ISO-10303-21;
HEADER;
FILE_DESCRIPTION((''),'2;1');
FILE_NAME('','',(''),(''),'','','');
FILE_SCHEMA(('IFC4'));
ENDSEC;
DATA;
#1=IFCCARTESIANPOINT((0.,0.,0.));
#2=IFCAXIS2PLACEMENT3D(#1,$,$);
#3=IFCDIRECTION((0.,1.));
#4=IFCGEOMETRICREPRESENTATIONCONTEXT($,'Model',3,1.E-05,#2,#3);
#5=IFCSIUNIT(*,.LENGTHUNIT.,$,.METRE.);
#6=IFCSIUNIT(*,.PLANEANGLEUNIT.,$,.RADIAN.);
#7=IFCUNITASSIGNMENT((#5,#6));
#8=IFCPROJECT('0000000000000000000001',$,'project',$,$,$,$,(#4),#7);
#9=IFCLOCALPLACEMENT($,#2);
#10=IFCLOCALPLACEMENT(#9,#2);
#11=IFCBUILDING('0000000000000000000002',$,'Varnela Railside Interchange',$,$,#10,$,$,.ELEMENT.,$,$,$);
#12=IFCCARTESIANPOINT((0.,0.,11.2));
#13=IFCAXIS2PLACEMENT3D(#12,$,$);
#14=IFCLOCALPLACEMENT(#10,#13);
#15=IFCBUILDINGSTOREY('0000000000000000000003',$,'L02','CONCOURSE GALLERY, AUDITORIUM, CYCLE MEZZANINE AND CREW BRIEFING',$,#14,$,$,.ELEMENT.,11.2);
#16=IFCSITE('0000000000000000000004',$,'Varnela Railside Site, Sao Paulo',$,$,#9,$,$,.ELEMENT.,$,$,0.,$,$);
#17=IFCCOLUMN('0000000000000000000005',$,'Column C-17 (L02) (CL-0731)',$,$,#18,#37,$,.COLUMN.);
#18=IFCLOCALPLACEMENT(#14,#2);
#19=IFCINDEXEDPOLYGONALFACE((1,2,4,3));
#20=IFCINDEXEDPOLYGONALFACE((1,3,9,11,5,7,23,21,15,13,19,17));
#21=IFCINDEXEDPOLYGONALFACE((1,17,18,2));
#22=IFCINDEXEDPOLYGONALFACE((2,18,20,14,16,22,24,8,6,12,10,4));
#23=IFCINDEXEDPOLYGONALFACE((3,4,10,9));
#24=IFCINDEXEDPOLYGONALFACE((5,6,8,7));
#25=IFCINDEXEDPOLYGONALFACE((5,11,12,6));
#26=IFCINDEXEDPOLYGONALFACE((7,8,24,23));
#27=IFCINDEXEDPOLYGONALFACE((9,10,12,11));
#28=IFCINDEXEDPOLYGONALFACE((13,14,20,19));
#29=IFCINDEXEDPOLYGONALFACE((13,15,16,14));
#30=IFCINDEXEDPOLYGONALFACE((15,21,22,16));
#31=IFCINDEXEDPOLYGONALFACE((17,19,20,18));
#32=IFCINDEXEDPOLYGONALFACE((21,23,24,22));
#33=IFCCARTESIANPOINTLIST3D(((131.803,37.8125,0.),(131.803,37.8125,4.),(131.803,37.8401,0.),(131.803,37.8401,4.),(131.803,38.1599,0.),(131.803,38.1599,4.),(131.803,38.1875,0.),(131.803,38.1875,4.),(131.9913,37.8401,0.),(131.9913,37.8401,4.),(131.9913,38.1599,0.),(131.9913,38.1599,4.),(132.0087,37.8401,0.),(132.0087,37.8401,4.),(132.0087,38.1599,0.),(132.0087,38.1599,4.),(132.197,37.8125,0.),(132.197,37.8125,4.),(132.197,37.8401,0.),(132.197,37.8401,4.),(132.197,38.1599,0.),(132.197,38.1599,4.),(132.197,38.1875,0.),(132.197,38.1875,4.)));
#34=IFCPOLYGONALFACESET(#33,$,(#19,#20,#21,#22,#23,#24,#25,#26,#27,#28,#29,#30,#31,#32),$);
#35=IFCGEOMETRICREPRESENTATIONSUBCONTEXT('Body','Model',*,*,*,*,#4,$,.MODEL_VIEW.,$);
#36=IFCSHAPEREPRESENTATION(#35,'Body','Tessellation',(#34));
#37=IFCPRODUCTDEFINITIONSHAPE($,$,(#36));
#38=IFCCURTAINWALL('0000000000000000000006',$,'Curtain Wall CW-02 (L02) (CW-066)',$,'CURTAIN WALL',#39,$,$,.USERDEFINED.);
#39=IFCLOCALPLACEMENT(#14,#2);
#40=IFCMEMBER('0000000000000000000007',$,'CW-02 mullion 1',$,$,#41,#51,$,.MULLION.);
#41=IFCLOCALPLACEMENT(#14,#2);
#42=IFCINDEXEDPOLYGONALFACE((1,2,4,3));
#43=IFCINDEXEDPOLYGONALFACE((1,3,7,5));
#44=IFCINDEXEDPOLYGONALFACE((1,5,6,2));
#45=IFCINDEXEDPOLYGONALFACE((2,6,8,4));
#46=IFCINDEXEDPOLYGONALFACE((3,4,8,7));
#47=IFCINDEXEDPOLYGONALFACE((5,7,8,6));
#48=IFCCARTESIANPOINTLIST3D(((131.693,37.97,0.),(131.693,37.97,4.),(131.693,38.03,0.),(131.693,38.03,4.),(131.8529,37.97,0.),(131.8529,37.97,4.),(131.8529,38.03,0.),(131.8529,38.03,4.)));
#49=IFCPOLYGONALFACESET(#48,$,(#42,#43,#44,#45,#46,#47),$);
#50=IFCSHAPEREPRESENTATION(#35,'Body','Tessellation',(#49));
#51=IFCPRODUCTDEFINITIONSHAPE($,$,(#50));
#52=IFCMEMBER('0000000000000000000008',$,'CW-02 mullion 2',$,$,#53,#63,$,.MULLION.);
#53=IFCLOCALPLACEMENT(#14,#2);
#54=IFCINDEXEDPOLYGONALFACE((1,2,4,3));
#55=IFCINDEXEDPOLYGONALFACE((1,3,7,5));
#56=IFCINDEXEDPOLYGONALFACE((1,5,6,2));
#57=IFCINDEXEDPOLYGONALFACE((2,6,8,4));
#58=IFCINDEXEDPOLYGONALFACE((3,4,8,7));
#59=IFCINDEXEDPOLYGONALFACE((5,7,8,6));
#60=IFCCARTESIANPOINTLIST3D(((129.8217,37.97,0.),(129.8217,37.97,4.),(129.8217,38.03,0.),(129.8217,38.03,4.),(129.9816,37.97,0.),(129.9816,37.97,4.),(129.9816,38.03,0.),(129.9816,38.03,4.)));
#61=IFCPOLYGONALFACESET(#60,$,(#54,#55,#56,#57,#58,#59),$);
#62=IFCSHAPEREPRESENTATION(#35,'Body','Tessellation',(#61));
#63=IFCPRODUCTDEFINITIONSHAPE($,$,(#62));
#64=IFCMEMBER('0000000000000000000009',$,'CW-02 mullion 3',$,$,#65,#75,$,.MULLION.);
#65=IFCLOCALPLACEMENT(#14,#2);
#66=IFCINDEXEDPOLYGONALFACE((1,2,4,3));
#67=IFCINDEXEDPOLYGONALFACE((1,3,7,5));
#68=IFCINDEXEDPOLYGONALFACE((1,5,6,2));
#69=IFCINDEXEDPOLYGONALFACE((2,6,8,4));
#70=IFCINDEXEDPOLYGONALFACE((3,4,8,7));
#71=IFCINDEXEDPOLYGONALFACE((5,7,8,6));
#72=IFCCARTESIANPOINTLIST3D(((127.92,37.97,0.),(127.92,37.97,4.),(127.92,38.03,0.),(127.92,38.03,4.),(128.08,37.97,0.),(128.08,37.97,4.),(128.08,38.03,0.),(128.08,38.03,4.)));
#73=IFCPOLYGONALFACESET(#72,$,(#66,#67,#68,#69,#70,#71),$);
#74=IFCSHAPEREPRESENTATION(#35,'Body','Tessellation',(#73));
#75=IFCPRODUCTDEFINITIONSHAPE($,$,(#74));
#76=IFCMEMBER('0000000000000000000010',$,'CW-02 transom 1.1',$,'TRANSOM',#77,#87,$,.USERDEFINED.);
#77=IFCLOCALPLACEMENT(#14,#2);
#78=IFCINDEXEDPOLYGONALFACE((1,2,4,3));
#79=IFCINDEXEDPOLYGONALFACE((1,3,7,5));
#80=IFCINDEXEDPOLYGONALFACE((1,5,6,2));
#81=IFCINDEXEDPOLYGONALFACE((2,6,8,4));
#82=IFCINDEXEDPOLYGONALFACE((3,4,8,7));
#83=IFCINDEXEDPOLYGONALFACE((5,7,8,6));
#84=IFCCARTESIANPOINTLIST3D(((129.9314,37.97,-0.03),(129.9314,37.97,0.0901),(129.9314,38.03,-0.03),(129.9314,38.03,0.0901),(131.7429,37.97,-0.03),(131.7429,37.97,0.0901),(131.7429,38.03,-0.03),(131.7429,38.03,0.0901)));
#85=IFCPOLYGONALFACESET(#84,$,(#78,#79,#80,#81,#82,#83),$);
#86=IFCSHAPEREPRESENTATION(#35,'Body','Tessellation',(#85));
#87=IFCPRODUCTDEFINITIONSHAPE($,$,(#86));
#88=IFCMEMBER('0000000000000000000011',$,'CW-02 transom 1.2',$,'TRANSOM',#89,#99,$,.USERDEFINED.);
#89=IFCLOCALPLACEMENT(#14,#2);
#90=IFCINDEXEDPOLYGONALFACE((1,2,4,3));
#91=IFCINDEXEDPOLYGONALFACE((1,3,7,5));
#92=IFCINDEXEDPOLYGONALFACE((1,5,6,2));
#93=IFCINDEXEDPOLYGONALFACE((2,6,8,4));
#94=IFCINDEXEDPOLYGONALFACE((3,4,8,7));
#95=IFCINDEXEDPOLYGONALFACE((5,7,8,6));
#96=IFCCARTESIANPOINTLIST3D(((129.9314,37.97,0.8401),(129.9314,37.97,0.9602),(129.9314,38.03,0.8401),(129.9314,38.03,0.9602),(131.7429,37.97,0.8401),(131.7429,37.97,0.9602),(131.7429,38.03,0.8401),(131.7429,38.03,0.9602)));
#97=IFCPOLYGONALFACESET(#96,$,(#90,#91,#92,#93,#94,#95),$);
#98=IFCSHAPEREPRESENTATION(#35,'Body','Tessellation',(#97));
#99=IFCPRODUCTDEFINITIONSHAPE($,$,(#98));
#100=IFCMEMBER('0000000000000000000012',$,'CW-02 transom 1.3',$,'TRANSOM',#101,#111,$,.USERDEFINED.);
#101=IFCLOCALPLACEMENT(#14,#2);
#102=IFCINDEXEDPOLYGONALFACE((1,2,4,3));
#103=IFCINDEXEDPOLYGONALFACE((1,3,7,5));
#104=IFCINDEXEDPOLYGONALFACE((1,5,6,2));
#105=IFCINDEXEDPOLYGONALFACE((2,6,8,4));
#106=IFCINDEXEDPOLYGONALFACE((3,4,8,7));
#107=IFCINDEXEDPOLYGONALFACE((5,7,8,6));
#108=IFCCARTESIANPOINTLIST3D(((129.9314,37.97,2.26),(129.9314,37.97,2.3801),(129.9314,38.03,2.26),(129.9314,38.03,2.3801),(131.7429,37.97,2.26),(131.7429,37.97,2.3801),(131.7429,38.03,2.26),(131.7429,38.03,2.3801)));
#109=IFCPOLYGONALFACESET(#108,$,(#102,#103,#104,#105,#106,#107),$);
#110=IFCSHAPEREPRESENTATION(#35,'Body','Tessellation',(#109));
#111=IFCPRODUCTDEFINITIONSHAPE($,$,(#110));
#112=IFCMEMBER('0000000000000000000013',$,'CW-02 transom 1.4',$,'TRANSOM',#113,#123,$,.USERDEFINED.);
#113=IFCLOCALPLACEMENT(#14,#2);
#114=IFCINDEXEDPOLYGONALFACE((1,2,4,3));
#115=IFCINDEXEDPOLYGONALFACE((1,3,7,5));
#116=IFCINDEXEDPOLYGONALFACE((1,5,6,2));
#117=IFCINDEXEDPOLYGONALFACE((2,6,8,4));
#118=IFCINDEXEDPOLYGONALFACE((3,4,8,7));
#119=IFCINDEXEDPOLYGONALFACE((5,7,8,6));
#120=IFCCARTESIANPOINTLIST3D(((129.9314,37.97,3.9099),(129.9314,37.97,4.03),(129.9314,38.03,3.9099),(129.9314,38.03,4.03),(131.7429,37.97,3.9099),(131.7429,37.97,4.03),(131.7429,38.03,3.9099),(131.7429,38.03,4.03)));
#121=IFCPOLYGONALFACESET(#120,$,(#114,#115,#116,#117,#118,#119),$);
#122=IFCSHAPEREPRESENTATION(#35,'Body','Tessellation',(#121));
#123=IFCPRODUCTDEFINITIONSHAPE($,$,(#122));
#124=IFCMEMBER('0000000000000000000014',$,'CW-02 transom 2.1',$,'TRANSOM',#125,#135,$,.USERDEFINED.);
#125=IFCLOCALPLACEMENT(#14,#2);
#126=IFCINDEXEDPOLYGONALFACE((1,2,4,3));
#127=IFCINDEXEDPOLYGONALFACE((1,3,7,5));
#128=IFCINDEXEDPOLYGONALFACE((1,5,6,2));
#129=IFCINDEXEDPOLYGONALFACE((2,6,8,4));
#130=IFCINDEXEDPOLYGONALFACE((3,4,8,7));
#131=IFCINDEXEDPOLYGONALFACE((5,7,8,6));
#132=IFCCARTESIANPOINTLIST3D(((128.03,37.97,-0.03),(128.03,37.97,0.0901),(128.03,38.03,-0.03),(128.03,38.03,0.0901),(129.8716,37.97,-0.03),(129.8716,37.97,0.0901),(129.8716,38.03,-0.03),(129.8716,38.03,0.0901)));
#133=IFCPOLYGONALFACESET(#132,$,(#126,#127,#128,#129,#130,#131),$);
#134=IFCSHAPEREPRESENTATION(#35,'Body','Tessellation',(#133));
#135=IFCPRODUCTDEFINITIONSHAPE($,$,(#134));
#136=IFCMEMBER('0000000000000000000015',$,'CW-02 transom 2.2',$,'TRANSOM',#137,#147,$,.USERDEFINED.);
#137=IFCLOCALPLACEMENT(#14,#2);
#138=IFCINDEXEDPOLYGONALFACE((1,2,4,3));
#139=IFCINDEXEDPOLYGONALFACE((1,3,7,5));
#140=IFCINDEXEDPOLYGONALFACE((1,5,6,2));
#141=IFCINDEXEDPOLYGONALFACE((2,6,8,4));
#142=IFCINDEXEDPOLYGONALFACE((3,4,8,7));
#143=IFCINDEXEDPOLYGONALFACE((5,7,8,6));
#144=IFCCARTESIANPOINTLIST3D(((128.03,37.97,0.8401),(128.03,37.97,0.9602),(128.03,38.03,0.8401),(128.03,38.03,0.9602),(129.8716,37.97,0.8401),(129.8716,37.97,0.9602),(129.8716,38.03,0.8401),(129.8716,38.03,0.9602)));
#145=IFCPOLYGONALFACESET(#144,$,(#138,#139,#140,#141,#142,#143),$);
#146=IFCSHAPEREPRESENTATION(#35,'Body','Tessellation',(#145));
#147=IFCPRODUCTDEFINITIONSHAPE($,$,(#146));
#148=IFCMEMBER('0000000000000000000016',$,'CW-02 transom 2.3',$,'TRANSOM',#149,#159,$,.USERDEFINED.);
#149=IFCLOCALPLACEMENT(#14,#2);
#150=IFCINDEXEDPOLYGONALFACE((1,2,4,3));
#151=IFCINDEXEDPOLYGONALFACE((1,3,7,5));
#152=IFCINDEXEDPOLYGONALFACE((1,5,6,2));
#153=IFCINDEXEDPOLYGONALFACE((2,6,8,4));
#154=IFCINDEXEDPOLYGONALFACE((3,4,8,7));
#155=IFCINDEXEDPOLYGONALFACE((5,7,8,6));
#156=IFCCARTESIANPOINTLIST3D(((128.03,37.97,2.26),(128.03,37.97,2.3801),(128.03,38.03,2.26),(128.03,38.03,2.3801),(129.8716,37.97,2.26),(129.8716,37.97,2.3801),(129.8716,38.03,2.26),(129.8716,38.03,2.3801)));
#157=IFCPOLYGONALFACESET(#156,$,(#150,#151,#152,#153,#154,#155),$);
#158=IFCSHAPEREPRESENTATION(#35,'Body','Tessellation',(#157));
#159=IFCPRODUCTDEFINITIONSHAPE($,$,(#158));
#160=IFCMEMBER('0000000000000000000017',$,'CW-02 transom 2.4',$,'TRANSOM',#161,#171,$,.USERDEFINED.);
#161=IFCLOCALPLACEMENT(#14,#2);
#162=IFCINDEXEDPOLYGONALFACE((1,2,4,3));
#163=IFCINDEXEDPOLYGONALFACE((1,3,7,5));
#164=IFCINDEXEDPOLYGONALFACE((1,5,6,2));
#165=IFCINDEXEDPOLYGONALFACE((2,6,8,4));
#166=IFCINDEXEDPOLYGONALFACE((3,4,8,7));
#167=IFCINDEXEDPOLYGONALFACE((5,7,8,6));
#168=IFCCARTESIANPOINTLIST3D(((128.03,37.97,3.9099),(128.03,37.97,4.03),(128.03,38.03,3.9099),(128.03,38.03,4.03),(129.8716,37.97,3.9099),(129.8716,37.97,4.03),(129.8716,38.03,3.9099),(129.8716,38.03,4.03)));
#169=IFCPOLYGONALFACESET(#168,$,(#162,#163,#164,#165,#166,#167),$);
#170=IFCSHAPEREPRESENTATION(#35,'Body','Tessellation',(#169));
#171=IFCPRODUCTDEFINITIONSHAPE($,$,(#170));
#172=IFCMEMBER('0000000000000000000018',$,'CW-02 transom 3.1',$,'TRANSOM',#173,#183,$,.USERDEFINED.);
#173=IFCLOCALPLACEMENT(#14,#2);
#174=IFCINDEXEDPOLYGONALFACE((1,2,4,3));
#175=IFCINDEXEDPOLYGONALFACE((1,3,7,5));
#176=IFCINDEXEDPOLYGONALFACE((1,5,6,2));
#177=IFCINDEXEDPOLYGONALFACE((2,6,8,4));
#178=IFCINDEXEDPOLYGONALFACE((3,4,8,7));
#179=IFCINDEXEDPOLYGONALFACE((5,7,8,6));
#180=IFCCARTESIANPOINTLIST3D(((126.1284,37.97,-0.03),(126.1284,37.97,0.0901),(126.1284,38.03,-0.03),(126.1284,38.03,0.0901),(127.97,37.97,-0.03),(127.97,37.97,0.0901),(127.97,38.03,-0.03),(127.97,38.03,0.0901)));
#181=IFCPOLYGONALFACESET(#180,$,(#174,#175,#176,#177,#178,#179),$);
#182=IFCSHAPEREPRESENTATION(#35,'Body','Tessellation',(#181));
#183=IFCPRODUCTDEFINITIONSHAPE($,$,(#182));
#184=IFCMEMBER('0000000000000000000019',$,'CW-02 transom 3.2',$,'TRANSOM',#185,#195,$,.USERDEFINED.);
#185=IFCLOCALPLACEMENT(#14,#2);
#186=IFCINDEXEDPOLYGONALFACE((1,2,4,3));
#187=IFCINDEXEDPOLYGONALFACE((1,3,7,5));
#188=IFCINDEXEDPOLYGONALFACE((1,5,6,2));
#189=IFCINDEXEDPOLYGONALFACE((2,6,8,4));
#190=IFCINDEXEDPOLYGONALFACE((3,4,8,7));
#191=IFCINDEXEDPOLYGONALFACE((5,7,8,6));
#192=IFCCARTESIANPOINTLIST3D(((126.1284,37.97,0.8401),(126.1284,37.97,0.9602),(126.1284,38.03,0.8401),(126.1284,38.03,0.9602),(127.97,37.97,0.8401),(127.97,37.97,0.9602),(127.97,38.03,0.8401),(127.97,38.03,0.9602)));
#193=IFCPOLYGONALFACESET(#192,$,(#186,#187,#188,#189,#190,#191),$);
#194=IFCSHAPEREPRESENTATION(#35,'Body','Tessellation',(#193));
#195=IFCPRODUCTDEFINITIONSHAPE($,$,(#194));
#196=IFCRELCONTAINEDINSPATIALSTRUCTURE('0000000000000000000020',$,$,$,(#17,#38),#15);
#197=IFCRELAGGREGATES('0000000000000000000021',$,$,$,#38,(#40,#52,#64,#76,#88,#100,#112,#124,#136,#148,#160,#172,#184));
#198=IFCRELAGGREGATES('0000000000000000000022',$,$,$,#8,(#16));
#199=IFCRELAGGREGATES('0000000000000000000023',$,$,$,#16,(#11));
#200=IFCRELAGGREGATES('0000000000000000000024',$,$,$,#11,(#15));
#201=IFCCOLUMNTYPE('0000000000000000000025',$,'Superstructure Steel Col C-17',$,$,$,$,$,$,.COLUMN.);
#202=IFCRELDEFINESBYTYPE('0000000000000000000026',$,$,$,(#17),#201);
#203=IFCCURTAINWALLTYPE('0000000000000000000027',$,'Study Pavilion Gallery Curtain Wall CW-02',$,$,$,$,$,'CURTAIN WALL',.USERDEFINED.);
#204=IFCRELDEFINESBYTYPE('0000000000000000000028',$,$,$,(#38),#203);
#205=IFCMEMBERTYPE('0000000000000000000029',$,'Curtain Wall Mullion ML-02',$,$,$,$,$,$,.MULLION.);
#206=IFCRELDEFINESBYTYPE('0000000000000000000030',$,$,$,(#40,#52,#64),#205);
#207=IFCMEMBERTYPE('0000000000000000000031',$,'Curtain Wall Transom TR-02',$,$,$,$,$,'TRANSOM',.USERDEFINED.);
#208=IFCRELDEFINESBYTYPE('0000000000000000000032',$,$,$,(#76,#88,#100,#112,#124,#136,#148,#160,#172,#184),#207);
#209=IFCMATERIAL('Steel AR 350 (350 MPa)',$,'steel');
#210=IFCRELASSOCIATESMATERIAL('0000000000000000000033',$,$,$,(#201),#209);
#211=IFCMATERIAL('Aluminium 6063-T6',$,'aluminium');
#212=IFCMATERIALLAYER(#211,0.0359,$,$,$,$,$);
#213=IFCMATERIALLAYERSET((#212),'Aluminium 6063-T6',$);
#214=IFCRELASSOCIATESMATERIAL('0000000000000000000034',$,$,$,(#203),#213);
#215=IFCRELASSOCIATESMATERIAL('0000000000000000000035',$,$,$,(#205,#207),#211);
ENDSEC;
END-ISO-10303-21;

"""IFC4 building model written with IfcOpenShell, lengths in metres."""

from ifc_helpers import new_model, si_unit, direction, frame, origin, origin_2d, place, context, subcontext, project, spatial, rectangle, i_section, extrude, material, layer, layer_set, material_profile, profile_set, type_object, element, aggregate, save


model = new_model("IFC4")

# Units and contexts
model_context = context("Model", 3, precision=1e-05, world=origin(), true_north=direction((0.0, 1.0)))
body_context = subcontext(model_context, "Body", "Model", "MODEL_VIEW")
ifc_project = project(units=[si_unit("LENGTHUNIT", "METRE"), si_unit("PLANEANGLEUNIT", "RADIAN")], contexts=[model_context])

# Site, building, storey
site_placement = place(None, origin())
site = spatial("IfcSite", under=ifc_project, at=site_placement, Name="Varnela Railside Site, Sao Paulo", CompositionType="ELEMENT", RefElevation=0.0)
building_placement = place(site_placement, origin())
building = spatial("IfcBuilding", under=site, at=building_placement, Name="Varnela Railside Interchange", CompositionType="ELEMENT")
storey_placement = place(building_placement, frame((0.0, 0.0, 11.2)))
storey = spatial("IfcBuildingStorey", under=building, at=storey_placement, Name="L02", Description="CONCOURSE GALLERY, AUDITORIUM, CYCLE MEZZANINE AND CREW BRIEFING", CompositionType="ELEMENT", Elevation=11.2)

# Column
ifc_material_1 = material(Name="Steel AR 350 (350 MPa)", Category="steel")
ifc_material_profile_1 = material_profile(ifc_material_1, i_section(OverallWidth=0.394, OverallDepth=0.375, WebThickness=0.0173, FlangeThickness=0.0276, at=origin_2d()), Name="W360x216")
ifc_profile_set_1 = profile_set([ifc_material_profile_1], Name="Steel AR 350 (350 MPa)")
column_type = type_object("IfcColumnType", Name="Superstructure Steel Col C-17", PredefinedType="COLUMN", material=ifc_profile_set_1)
column_placement = place(storey_placement, frame((132.0, 38.0, 0.0), z_axis=(0.0, 0.0, 1.0), x_axis=(1.0, 0.0, 0.0)))
element("IfcColumn", 1, at=column_placement, inside=storey, type_object=column_type, Name="Column C-17 (L02) (CL-0731)", PredefinedType="COLUMN", context=body_context, shape_type="SweptSolid", body=[
    extrude(i_section(OverallWidth=0.394, OverallDepth=0.375, WebThickness=0.0173, FlangeThickness=0.0276, at=origin_2d()), origin(), (0.0, 0.0, 1.0), 4.0),
])

# Curtain wall, members
ifc_material_2 = material(Name="Aluminium 6063-T6", Category="aluminium")
ifc_layer_1 = layer(ifc_material_2, 0.0359)
ifc_layer_set_1 = layer_set([ifc_layer_1], Name="Aluminium 6063-T6")
curtain_wall_type = type_object("IfcCurtainWallType", Name="Study Pavilion Gallery Curtain Wall CW-02", ElementType="CURTAIN WALL", PredefinedType="USERDEFINED", material=ifc_layer_set_1)
curtain_wall_placement = place(storey_placement, origin())
curtain_wall = element("IfcCurtainWall", 2, at=curtain_wall_placement, inside=storey, type_object=curtain_wall_type, Name="Curtain Wall CW-02 (L02) (CW-066)", ObjectType="CURTAIN WALL", PredefinedType="USERDEFINED")
ifc_material_profile_2 = material_profile(ifc_material_2, rectangle(XDim=0.0601, YDim=0.1599, at=origin_2d()), Name="ALU 60x160")
ifc_profile_set_2 = profile_set([ifc_material_profile_2], Name="Aluminium 6063-T6")
member_type_1 = type_object("IfcMemberType", Name="Curtain Wall Mullion ML-02", PredefinedType="MULLION", material=ifc_profile_set_2)
member_1_placement = place(storey_placement, frame((131.7729, 38.0, 0.0), z_axis=(0.0, 0.0, 1.0), x_axis=(0.0, -1.0, 0.0)))
member_1 = element("IfcMember", 3, at=member_1_placement, type_object=member_type_1, Name="CW-02 mullion 1", PredefinedType="MULLION", context=body_context, shape_type="SweptSolid", body=[
    extrude(rectangle(XDim=0.0601, YDim=0.1599, at=origin_2d()), origin(), (0.0, 0.0, 1.0), 4.0),
])
member_2_placement = place(storey_placement, frame((129.9016, 38.0, 0.0), z_axis=(0.0, 0.0, 1.0), x_axis=(0.0, -1.0, 0.0)))
member_2 = element("IfcMember", 4, at=member_2_placement, type_object=member_type_1, Name="CW-02 mullion 2", PredefinedType="MULLION", context=body_context, shape_type="SweptSolid", body=[
    extrude(rectangle(XDim=0.0601, YDim=0.1599, at=origin_2d()), origin(), (0.0, 0.0, 1.0), 4.0),
])
member_3_placement = place(storey_placement, frame((128.0, 38.0, 0.0), z_axis=(0.0, 0.0, 1.0), x_axis=(0.0, -1.0, 0.0)))
member_3 = element("IfcMember", 5, at=member_3_placement, type_object=member_type_1, Name="CW-02 mullion 3", PredefinedType="MULLION", context=body_context, shape_type="SweptSolid", body=[
    extrude(rectangle(XDim=0.0601, YDim=0.1599, at=origin_2d()), origin(), (0.0, 0.0, 1.0), 4.0),
])
ifc_material_profile_3 = material_profile(ifc_material_2, rectangle(XDim=0.0601, YDim=0.1201, at=origin_2d()), Name="ALU 60x120")
ifc_profile_set_3 = profile_set([ifc_material_profile_3], Name="Aluminium 6063-T6")
member_type_2 = type_object("IfcMemberType", Name="Curtain Wall Transom TR-02", ElementType="TRANSOM", PredefinedType="USERDEFINED", material=ifc_profile_set_3)
member_4_placement = place(storey_placement, frame((131.7429, 38.0, 0.03), z_axis=(-1.0, 0.0, 0.0), x_axis=(0.0, -1.0, 0.0)))
member_4 = element("IfcMember", 6, at=member_4_placement, type_object=member_type_2, Name="CW-02 transom 1.1", ObjectType="TRANSOM", PredefinedType="USERDEFINED", context=body_context, shape_type="SweptSolid", body=[
    extrude(rectangle(XDim=0.0601, YDim=0.1201, at=origin_2d()), origin(), (0.0, 0.0, 1.0), 1.8115),
])
member_5_placement = place(storey_placement, frame((131.7429, 38.0, 0.9001), z_axis=(-1.0, 0.0, 0.0), x_axis=(0.0, -1.0, 0.0)))
member_5 = element("IfcMember", 7, at=member_5_placement, type_object=member_type_2, Name="CW-02 transom 1.2", ObjectType="TRANSOM", PredefinedType="USERDEFINED", context=body_context, shape_type="SweptSolid", body=[
    extrude(rectangle(XDim=0.0601, YDim=0.1201, at=origin_2d()), origin(), (0.0, 0.0, 1.0), 1.8115),
])
member_6_placement = place(storey_placement, frame((131.7429, 38.0, 2.3201), z_axis=(-1.0, 0.0, 0.0), x_axis=(0.0, -1.0, 0.0)))
member_6 = element("IfcMember", 8, at=member_6_placement, type_object=member_type_2, Name="CW-02 transom 1.3", ObjectType="TRANSOM", PredefinedType="USERDEFINED", context=body_context, shape_type="SweptSolid", body=[
    extrude(rectangle(XDim=0.0601, YDim=0.1201, at=origin_2d()), origin(), (0.0, 0.0, 1.0), 1.8115),
])
member_7_placement = place(storey_placement, frame((131.7429, 38.0, 3.97), z_axis=(-1.0, 0.0, 0.0), x_axis=(0.0, -1.0, 0.0)))
member_7 = element("IfcMember", 9, at=member_7_placement, type_object=member_type_2, Name="CW-02 transom 1.4", ObjectType="TRANSOM", PredefinedType="USERDEFINED", context=body_context, shape_type="SweptSolid", body=[
    extrude(rectangle(XDim=0.0601, YDim=0.1201, at=origin_2d()), origin(), (0.0, 0.0, 1.0), 1.8115),
])
member_8_placement = place(storey_placement, frame((129.8716, 38.0, 0.03), z_axis=(-1.0, 0.0, 0.0), x_axis=(0.0, -1.0, 0.0)))
member_8 = element("IfcMember", 10, at=member_8_placement, type_object=member_type_2, Name="CW-02 transom 2.1", ObjectType="TRANSOM", PredefinedType="USERDEFINED", context=body_context, shape_type="SweptSolid", body=[
    extrude(rectangle(XDim=0.0601, YDim=0.1201, at=origin_2d()), origin(), (0.0, 0.0, 1.0), 1.8416),
])
member_9_placement = place(storey_placement, frame((129.8716, 38.0, 0.9001), z_axis=(-1.0, 0.0, 0.0), x_axis=(0.0, -1.0, 0.0)))
member_9 = element("IfcMember", 11, at=member_9_placement, type_object=member_type_2, Name="CW-02 transom 2.2", ObjectType="TRANSOM", PredefinedType="USERDEFINED", context=body_context, shape_type="SweptSolid", body=[
    extrude(rectangle(XDim=0.0601, YDim=0.1201, at=origin_2d()), origin(), (0.0, 0.0, 1.0), 1.8416),
])
member_10_placement = place(storey_placement, frame((129.8716, 38.0, 2.3201), z_axis=(-1.0, 0.0, 0.0), x_axis=(0.0, -1.0, 0.0)))
member_10 = element("IfcMember", 12, at=member_10_placement, type_object=member_type_2, Name="CW-02 transom 2.3", ObjectType="TRANSOM", PredefinedType="USERDEFINED", context=body_context, shape_type="SweptSolid", body=[
    extrude(rectangle(XDim=0.0601, YDim=0.1201, at=origin_2d()), origin(), (0.0, 0.0, 1.0), 1.8416),
])
member_11_placement = place(storey_placement, frame((129.8716, 38.0, 3.97), z_axis=(-1.0, 0.0, 0.0), x_axis=(0.0, -1.0, 0.0)))
member_11 = element("IfcMember", 13, at=member_11_placement, type_object=member_type_2, Name="CW-02 transom 2.4", ObjectType="TRANSOM", PredefinedType="USERDEFINED", context=body_context, shape_type="SweptSolid", body=[
    extrude(rectangle(XDim=0.0601, YDim=0.1201, at=origin_2d()), origin(), (0.0, 0.0, 1.0), 1.8416),
])
member_12_placement = place(storey_placement, frame((127.97, 38.0, 0.03), z_axis=(-1.0, 0.0, 0.0), x_axis=(0.0, -1.0, 0.0)))
member_12 = element("IfcMember", 14, at=member_12_placement, type_object=member_type_2, Name="CW-02 transom 3.1", ObjectType="TRANSOM", PredefinedType="USERDEFINED", context=body_context, shape_type="SweptSolid", body=[
    extrude(rectangle(XDim=0.0601, YDim=0.1201, at=origin_2d()), origin(), (0.0, 0.0, 1.0), 1.8416),
])
member_13_placement = place(storey_placement, frame((127.97, 38.0, 0.9001), z_axis=(-1.0, 0.0, 0.0), x_axis=(0.0, -1.0, 0.0)))
member_13 = element("IfcMember", 15, at=member_13_placement, type_object=member_type_2, Name="CW-02 transom 3.2", ObjectType="TRANSOM", PredefinedType="USERDEFINED", context=body_context, shape_type="SweptSolid", body=[
    extrude(rectangle(XDim=0.0601, YDim=0.1201, at=origin_2d()), origin(), (0.0, 0.0, 1.0), 1.8416),
])

aggregate(curtain_wall, [member_1, member_2, member_3, member_4, member_5, member_6, member_7, member_8, member_9, member_10, member_11, member_12, member_13])

save(model, "model.ifc")
